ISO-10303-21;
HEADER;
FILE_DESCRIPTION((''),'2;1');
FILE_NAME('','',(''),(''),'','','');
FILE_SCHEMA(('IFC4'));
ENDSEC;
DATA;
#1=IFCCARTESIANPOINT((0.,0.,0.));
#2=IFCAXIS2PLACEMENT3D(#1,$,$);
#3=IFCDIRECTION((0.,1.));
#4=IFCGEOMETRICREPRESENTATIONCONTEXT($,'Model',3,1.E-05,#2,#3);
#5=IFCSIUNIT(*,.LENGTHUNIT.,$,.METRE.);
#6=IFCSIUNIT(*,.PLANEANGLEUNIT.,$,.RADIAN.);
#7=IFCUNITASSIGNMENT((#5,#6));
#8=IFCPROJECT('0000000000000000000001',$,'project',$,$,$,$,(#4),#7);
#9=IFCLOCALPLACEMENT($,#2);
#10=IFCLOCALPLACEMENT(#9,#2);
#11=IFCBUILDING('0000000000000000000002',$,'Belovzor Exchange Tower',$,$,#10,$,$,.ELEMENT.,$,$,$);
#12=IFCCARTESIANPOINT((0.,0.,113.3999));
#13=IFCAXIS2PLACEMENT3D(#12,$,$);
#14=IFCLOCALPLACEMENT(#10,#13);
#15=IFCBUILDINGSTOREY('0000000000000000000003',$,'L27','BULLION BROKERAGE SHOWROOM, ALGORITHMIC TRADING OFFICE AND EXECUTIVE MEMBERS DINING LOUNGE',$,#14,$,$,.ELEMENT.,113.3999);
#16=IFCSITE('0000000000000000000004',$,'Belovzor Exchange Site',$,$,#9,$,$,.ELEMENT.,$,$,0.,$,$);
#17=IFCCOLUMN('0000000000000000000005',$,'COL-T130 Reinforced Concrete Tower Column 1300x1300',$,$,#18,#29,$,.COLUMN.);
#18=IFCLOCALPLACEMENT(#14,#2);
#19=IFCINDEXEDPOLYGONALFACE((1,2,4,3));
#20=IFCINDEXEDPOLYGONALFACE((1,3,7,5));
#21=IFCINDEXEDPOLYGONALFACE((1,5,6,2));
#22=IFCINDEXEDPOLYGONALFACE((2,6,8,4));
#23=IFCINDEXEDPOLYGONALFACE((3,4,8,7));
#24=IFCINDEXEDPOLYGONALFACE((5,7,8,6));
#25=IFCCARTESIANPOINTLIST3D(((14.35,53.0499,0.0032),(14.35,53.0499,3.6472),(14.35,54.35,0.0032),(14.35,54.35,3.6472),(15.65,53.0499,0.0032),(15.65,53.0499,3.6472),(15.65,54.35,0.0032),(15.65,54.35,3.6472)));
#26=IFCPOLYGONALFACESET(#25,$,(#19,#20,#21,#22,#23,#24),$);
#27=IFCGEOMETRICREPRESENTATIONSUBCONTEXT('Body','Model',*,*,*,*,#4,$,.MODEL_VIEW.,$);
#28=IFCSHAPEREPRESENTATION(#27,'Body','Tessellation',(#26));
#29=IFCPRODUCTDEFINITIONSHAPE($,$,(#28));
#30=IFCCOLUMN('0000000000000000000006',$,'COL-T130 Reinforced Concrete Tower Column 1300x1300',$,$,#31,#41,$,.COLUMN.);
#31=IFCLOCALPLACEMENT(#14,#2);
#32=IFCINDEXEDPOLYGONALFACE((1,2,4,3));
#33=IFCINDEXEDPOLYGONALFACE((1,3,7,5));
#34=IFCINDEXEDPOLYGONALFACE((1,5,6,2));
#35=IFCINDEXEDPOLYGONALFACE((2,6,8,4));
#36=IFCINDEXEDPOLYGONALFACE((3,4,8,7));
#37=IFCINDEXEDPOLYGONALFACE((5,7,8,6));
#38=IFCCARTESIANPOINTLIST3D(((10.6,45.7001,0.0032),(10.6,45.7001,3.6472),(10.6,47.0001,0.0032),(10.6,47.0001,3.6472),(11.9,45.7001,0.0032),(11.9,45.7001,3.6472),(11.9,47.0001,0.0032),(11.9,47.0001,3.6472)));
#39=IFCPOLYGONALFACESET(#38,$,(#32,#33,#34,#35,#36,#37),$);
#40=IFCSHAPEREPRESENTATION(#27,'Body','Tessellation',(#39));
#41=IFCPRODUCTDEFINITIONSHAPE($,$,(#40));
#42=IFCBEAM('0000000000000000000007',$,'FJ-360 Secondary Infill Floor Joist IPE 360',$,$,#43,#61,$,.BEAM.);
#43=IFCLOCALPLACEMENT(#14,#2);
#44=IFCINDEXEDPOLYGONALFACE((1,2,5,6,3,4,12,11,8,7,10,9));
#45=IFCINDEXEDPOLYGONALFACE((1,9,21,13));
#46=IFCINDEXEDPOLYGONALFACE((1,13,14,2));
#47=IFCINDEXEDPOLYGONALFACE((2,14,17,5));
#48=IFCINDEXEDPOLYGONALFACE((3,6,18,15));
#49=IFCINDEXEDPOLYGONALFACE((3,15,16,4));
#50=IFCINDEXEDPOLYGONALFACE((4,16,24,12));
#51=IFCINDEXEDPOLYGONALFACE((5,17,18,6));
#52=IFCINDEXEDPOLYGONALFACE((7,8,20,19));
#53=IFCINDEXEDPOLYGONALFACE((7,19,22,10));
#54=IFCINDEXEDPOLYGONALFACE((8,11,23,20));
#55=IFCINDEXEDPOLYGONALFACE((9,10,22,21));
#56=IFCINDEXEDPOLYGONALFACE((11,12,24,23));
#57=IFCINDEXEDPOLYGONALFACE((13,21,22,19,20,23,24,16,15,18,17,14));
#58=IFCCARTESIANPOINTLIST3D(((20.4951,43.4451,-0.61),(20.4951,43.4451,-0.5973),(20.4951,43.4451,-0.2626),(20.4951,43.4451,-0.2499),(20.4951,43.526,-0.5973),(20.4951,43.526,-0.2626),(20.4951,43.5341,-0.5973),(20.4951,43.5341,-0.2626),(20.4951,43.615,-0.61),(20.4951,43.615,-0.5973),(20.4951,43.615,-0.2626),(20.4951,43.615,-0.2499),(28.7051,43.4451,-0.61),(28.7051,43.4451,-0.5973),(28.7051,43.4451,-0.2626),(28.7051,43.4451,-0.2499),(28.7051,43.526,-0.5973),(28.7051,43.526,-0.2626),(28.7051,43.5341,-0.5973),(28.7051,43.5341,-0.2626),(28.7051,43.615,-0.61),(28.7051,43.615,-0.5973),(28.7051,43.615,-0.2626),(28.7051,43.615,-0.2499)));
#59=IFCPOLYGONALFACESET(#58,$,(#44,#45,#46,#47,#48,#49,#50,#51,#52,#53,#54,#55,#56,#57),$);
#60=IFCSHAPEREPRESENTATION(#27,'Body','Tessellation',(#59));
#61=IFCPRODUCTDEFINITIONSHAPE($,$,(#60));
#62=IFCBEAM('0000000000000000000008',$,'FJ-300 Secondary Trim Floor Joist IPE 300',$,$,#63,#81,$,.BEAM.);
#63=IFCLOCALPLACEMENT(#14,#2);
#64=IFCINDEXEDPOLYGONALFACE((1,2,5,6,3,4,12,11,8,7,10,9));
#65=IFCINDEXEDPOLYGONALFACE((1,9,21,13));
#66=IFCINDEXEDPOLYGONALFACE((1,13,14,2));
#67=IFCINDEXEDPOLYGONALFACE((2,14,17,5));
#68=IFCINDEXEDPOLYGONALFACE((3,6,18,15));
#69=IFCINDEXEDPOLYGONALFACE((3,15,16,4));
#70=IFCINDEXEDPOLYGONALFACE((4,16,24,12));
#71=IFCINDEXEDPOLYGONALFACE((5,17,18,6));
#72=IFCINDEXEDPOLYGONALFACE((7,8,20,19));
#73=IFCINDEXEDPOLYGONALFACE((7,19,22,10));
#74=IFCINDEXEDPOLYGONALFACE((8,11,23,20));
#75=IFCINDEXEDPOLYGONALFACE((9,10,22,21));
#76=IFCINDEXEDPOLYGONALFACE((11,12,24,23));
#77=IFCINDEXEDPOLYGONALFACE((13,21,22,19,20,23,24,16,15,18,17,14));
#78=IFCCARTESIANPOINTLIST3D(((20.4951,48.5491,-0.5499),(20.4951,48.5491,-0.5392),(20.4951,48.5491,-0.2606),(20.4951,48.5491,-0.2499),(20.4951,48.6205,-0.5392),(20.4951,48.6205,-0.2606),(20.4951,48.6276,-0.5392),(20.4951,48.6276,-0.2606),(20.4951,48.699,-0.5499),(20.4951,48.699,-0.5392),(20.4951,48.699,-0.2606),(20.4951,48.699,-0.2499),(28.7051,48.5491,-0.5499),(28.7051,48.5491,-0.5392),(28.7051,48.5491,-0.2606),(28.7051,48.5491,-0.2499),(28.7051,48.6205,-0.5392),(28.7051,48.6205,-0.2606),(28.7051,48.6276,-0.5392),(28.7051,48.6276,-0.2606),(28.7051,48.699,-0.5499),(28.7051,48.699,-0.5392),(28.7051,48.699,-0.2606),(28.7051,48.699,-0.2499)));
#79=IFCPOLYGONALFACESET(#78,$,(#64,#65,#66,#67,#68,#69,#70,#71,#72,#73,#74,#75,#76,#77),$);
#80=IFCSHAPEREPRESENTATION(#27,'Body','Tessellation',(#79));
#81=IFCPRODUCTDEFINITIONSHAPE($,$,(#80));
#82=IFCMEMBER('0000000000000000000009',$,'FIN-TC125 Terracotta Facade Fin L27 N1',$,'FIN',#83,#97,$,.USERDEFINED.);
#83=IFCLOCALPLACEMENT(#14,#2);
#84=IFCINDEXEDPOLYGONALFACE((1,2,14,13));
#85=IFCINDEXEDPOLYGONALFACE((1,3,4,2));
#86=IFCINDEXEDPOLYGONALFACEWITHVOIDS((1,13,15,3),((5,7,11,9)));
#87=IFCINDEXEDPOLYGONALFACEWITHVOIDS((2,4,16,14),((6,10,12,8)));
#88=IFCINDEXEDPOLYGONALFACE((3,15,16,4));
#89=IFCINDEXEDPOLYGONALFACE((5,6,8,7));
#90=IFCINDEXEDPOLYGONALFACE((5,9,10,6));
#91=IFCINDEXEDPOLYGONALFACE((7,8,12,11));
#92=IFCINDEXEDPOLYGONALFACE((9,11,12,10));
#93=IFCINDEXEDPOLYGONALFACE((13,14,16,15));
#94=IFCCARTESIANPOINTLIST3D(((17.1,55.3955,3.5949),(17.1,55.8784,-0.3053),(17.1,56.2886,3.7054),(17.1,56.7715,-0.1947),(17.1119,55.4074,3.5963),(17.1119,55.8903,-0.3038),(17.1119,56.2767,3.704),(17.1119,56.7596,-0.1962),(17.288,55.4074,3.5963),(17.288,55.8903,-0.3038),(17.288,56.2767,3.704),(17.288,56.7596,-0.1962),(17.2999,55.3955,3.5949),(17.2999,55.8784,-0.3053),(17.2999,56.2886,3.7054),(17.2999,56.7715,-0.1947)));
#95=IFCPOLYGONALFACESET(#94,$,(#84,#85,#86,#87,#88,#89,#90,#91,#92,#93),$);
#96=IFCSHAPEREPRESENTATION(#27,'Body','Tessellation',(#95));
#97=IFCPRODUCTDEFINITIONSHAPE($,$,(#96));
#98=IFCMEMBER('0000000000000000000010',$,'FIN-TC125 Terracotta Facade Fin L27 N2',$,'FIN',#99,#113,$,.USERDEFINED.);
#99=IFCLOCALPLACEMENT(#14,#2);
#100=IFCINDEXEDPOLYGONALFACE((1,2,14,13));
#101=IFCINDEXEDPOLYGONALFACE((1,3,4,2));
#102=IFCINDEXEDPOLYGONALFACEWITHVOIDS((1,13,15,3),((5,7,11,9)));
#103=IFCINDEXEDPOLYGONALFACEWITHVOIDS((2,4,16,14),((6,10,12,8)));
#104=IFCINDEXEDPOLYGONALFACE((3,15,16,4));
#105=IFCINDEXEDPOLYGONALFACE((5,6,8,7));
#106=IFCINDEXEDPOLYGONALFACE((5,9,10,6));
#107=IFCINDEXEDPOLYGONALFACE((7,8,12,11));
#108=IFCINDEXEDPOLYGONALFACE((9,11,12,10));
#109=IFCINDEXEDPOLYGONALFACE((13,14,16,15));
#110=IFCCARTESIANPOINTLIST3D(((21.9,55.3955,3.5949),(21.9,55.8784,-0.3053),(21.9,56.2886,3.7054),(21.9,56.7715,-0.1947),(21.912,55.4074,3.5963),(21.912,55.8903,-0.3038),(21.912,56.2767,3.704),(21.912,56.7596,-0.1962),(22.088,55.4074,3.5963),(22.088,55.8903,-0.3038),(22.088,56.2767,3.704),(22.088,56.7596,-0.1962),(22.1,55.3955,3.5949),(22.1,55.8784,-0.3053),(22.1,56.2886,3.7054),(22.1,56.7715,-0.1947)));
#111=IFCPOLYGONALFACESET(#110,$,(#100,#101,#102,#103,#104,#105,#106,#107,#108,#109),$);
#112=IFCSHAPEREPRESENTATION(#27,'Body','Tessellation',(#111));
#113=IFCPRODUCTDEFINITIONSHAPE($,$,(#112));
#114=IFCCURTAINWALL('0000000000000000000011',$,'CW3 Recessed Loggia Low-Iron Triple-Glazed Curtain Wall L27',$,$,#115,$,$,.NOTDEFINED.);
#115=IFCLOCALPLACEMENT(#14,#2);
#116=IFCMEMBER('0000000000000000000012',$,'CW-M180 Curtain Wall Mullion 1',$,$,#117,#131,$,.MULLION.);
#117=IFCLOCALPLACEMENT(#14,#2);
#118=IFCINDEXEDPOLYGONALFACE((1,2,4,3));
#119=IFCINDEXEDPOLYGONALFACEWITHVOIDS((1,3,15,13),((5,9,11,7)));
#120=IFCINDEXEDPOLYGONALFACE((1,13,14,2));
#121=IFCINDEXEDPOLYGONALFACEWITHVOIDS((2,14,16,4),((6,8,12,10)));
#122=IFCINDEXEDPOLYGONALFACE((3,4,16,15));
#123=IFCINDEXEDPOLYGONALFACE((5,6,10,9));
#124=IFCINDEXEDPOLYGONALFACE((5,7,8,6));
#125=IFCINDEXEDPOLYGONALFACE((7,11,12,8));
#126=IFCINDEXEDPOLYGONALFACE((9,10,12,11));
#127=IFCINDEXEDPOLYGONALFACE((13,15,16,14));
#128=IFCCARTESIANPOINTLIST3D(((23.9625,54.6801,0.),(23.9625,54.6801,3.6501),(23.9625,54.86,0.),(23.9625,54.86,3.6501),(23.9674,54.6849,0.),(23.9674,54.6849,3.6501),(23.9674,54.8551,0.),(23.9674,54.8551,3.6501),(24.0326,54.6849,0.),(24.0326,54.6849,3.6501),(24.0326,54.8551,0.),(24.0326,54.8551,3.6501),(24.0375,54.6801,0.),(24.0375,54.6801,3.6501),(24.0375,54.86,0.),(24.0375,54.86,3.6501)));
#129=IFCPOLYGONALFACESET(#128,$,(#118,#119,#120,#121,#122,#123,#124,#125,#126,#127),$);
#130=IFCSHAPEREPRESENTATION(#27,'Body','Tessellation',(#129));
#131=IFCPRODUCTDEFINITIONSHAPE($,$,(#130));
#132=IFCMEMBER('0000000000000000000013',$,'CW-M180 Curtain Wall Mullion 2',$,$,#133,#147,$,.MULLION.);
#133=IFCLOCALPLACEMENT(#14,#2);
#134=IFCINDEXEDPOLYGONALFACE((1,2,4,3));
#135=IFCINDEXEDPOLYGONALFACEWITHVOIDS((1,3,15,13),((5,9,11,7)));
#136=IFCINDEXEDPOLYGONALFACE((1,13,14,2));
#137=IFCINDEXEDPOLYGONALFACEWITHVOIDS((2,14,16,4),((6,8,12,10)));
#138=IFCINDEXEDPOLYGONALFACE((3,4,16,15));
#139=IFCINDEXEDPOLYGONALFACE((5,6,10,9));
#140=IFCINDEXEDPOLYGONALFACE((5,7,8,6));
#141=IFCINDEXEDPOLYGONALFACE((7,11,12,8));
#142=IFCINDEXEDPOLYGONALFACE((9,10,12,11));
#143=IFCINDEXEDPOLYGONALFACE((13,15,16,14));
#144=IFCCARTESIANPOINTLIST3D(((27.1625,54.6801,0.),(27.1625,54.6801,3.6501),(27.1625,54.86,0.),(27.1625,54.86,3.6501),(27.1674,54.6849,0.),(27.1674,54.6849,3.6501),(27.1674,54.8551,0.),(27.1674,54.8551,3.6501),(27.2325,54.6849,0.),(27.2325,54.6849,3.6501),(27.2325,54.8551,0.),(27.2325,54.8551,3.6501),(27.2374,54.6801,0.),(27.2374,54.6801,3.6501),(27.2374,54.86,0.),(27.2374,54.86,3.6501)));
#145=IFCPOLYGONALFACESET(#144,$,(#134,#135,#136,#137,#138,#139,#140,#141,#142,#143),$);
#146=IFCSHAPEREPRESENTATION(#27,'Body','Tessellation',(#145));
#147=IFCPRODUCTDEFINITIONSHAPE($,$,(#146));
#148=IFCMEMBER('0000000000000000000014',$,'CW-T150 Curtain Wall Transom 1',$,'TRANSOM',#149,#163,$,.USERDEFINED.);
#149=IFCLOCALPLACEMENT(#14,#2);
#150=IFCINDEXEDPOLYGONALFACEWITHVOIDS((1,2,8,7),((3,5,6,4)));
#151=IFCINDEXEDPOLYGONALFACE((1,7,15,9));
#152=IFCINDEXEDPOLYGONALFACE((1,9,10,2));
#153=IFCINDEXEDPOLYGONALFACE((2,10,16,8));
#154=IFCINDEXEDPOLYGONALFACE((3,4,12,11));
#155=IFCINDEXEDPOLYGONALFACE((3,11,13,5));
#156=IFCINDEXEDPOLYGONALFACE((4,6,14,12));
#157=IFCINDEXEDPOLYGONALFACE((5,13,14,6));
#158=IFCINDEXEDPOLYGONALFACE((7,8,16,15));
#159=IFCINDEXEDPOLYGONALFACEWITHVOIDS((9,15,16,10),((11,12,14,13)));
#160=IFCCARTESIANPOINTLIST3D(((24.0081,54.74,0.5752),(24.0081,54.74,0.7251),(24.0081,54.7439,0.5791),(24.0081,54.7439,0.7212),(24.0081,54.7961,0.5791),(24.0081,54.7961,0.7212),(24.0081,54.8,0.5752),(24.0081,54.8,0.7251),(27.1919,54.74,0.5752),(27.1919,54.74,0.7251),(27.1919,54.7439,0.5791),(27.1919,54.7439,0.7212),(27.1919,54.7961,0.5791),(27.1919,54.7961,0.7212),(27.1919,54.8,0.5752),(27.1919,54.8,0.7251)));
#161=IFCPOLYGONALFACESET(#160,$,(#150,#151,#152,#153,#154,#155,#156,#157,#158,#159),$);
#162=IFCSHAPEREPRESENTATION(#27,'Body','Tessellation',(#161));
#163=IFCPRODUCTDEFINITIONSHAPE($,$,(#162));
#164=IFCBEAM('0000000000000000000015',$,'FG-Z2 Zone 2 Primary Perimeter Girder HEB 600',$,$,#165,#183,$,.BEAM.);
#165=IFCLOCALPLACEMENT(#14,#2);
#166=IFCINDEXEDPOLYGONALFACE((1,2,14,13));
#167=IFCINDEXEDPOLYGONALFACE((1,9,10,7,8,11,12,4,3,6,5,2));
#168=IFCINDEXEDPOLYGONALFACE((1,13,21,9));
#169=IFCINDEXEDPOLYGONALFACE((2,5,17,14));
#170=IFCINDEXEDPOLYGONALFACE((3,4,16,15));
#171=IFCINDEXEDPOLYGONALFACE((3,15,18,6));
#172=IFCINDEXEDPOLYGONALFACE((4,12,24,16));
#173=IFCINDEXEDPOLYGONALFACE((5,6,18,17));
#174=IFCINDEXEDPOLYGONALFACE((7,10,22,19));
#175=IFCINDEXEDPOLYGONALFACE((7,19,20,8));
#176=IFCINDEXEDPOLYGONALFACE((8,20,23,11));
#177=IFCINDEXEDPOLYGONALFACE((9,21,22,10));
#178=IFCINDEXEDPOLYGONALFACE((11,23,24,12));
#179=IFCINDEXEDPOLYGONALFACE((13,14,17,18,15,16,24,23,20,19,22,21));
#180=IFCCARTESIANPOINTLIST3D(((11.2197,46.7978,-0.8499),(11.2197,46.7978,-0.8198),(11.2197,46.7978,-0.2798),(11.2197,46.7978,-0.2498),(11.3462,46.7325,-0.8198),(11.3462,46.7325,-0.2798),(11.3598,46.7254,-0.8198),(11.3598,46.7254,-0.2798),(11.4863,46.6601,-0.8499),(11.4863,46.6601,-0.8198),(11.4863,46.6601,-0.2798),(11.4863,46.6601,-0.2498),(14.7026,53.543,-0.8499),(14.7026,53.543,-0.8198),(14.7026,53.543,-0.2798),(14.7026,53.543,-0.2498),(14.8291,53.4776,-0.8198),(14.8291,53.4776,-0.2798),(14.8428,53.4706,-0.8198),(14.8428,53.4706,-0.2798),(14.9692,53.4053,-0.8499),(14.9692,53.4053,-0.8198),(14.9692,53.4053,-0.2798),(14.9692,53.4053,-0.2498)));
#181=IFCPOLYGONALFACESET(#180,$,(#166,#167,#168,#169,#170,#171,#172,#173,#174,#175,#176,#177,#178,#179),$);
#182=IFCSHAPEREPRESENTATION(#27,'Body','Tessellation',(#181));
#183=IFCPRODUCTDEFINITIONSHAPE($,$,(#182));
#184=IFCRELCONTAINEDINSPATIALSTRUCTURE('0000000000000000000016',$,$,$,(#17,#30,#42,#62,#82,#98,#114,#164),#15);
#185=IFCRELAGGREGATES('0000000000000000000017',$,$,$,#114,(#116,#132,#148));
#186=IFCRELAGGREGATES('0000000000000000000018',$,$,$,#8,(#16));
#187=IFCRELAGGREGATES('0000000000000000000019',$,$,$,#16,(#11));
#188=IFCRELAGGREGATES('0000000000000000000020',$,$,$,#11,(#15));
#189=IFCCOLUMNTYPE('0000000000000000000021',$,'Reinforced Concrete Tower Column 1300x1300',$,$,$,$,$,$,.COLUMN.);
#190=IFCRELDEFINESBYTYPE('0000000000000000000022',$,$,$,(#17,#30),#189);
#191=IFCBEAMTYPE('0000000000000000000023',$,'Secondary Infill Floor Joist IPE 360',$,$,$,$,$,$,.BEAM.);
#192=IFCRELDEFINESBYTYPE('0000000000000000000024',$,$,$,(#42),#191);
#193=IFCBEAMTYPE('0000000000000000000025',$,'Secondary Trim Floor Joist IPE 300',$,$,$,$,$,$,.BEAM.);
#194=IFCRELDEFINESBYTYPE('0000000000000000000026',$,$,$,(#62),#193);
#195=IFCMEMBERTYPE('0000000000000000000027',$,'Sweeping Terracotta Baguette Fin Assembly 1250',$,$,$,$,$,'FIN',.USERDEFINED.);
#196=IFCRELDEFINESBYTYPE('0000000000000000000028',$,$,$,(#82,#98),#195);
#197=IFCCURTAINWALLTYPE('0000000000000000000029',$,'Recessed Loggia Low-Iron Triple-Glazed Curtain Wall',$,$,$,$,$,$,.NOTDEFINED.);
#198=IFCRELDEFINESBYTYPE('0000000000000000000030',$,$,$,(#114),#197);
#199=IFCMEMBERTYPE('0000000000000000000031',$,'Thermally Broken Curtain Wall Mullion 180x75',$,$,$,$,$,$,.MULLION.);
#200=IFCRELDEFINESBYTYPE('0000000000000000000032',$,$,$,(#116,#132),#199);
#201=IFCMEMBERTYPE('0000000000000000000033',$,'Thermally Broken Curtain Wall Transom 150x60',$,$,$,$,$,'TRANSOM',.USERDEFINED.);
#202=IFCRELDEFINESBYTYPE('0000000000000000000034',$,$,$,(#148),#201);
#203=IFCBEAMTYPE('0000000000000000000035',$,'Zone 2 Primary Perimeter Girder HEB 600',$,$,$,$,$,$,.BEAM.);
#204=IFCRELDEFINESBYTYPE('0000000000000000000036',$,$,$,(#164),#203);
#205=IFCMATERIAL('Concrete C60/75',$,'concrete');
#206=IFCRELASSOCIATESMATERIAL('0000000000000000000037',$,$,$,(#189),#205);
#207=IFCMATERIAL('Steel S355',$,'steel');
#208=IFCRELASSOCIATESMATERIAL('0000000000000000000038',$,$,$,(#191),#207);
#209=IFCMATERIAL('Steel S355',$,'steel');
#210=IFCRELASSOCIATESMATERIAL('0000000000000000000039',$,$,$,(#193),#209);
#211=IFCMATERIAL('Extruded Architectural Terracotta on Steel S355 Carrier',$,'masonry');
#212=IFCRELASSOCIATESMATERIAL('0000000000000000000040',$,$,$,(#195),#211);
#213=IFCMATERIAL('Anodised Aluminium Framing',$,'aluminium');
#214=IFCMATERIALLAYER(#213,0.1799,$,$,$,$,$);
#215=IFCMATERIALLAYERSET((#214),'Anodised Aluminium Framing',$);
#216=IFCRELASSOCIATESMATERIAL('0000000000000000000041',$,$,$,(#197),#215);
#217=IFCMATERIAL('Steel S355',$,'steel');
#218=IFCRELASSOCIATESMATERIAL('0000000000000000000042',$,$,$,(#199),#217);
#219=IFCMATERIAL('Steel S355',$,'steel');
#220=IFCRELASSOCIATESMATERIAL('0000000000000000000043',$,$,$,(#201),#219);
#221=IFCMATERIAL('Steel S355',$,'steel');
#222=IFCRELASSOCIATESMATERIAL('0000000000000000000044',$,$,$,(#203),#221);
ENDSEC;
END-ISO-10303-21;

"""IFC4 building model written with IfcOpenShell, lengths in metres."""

from ifc_helpers import new_model, si_unit, direction, frame, origin, origin_2d, place, context, subcontext, project, spatial, rectangle, hollow_rectangle, i_section, extrude, material, layer, layer_set, material_profile, profile_set, type_object, element, aggregate, save


model = new_model("IFC4")

# Units and contexts
model_context = context("Model", 3, precision=1e-05, world=origin(), true_north=direction((0.0, 1.0)))
body_context = subcontext(model_context, "Body", "Model", "MODEL_VIEW")
ifc_project = project(units=[si_unit("LENGTHUNIT", "METRE"), si_unit("PLANEANGLEUNIT", "RADIAN")], contexts=[model_context])

# Site, building, storey
site_placement = place(None, origin())
site = spatial("IfcSite", under=ifc_project, at=site_placement, Name="Belovzor Exchange Site", CompositionType="ELEMENT", RefElevation=0.0)
building_placement = place(site_placement, origin())
building = spatial("IfcBuilding", under=site, at=building_placement, Name="Belovzor Exchange Tower", CompositionType="ELEMENT")
storey_placement = place(building_placement, frame((0.0, 0.0, 113.3999)))
storey = spatial("IfcBuildingStorey", under=building, at=storey_placement, Name="L27", Description="BULLION BROKERAGE SHOWROOM, ALGORITHMIC TRADING OFFICE AND EXECUTIVE MEMBERS DINING LOUNGE", CompositionType="ELEMENT", Elevation=113.3999)

# Columns
ifc_material_1 = material(Name="Concrete C60/75", Category="concrete")
ifc_material_profile_1 = material_profile(ifc_material_1, rectangle(XDim=1.3, YDim=1.3, at=origin_2d()))
ifc_profile_set_1 = profile_set([ifc_material_profile_1], Name="Concrete C60/75")
column_type = type_object("IfcColumnType", Name="Reinforced Concrete Tower Column 1300x1300", PredefinedType="COLUMN", material=ifc_profile_set_1)
for number, where, z_axis, x_axis, name in (
    (1, (15.0, 53.7, 0.0032), (0.0, 0.0, 1.0), (1.0, 0.0, 0.0), "COL-T130 Reinforced Concrete Tower Column 1300x1300"),
    (2, (11.25, 46.3501, 0.0032), (0.0, 0.0, 1.0), (1.0, 0.0, 0.0), "COL-T130 Reinforced Concrete Tower Column 1300x1300"),
):
    element("IfcColumn", number, at=place(storey_placement, frame(where, z_axis=z_axis, x_axis=x_axis)), inside=storey, type_object=column_type, Name=name, PredefinedType="COLUMN", context=body_context, shape_type="SweptSolid", body=[
        extrude(rectangle(XDim=1.3, YDim=1.3, at=origin_2d()), origin(), (0.0, 0.0, 1.0), 3.644),
    ])

# Beams
ifc_material_2 = material(Name="Steel S355", Category="steel")
ifc_material_profile_2 = material_profile(ifc_material_2, i_section(OverallWidth=0.1699, OverallDepth=0.3601, WebThickness=0.0081, FlangeThickness=0.0127, at=origin_2d()))
ifc_profile_set_2 = profile_set([ifc_material_profile_2], Name="Steel S355")
beam_type_1 = type_object("IfcBeamType", Name="Secondary Infill Floor Joist IPE 360", PredefinedType="BEAM", material=ifc_profile_set_2)
beam_1_placement = place(storey_placement, frame((20.4951, 43.53, -0.4299), z_axis=(1.0, 0.0, 0.0), x_axis=(0.0, 1.0, 0.0)))
element("IfcBeam", 3, at=beam_1_placement, inside=storey, type_object=beam_type_1, Name="FJ-360 Secondary Infill Floor Joist IPE 360", PredefinedType="BEAM", context=body_context, shape_type="SweptSolid", body=[
    extrude(i_section(OverallWidth=0.1699, OverallDepth=0.3601, WebThickness=0.0081, FlangeThickness=0.0127, at=origin_2d()), origin(), (0.0, 0.0, 1.0), 8.21),
])
ifc_material_3 = material(Name="Steel S355", Category="steel")
ifc_material_profile_3 = material_profile(ifc_material_3, i_section(OverallWidth=0.1499, OverallDepth=0.3, WebThickness=0.0071, FlangeThickness=0.0107, at=origin_2d()))
ifc_profile_set_3 = profile_set([ifc_material_profile_3], Name="Steel S355")
beam_type_2 = type_object("IfcBeamType", Name="Secondary Trim Floor Joist IPE 300", PredefinedType="BEAM", material=ifc_profile_set_3)
beam_2_placement = place(storey_placement, frame((20.4951, 48.624, -0.3999), z_axis=(1.0, 0.0, 0.0), x_axis=(0.0, 1.0, 0.0)))
element("IfcBeam", 4, at=beam_2_placement, inside=storey, type_object=beam_type_2, Name="FJ-300 Secondary Trim Floor Joist IPE 300", PredefinedType="BEAM", context=body_context, shape_type="SweptSolid", body=[
    extrude(i_section(OverallWidth=0.1499, OverallDepth=0.3, WebThickness=0.0071, FlangeThickness=0.0107, at=origin_2d()), origin(), (0.0, 0.0, 1.0), 8.21),
])

# Members
ifc_material_4 = material(Name="Extruded Architectural Terracotta on Steel S355 Carrier", Category="masonry")
ifc_material_profile_4 = material_profile(ifc_material_4, hollow_rectangle(XDim=0.2, YDim=0.8999, WallThickness=0.012, at=origin_2d()))
ifc_profile_set_4 = profile_set([ifc_material_profile_4], Name="Extruded Architectural Terracotta on Steel S355 Carrier")
member_type_1 = type_object("IfcMemberType", Name="Sweeping Terracotta Baguette Fin Assembly 1250", ElementType="FIN", PredefinedType="USERDEFINED", material=ifc_profile_set_4)
for number, where, z_axis, x_axis, name in (
    (5, (17.2, 56.325, -0.25), (0.0, -0.12288, 0.992422), (1.0, 0.0, 0.0), "FIN-TC125 Terracotta Facade Fin L27 N1"),
    (6, (22.0, 56.325, -0.25), (0.0, -0.12288, 0.992422), (1.0, 0.0, 0.0), "FIN-TC125 Terracotta Facade Fin L27 N2"),
):
    element("IfcMember", number, at=place(storey_placement, frame(where, z_axis=z_axis, x_axis=x_axis)), inside=storey, type_object=member_type_1, Name=name, ObjectType="FIN", PredefinedType="USERDEFINED", context=body_context, shape_type="SweptSolid", body=[
        extrude(hollow_rectangle(XDim=0.2, YDim=0.8999, WallThickness=0.012, at=origin_2d()), origin(), (0.0, 0.0, 1.0), 3.9299),
    ])

# Curtain wall, members
ifc_material_5 = material(Name="Anodised Aluminium Framing", Category="aluminium")
ifc_layer_1 = layer(ifc_material_5, 0.1799)
ifc_layer_set_1 = layer_set([ifc_layer_1], Name="Anodised Aluminium Framing")
curtain_wall_type = type_object("IfcCurtainWallType", Name="Recessed Loggia Low-Iron Triple-Glazed Curtain Wall", PredefinedType="NOTDEFINED", material=ifc_layer_set_1)
curtain_wall_placement = place(storey_placement, origin())
curtain_wall = element("IfcCurtainWall", 7, at=curtain_wall_placement, inside=storey, type_object=curtain_wall_type, Name="CW3 Recessed Loggia Low-Iron Triple-Glazed Curtain Wall L27", PredefinedType="NOTDEFINED")
ifc_material_6 = material(Name="Steel S355", Category="steel")
ifc_material_profile_5 = material_profile(ifc_material_6, hollow_rectangle(XDim=0.075, YDim=0.1799, WallThickness=0.0049, at=origin_2d()))
ifc_profile_set_5 = profile_set([ifc_material_profile_5], Name="Steel S355")
member_type_2 = type_object("IfcMemberType", Name="Thermally Broken Curtain Wall Mullion 180x75", PredefinedType="MULLION", material=ifc_profile_set_5)
member_1_placement = place(storey_placement, frame((24.0, 54.77, 0.0), z_axis=(0.0, 0.0, 1.0), x_axis=(1.0, 0.0, 0.0)))
member_1 = element("IfcMember", 8, at=member_1_placement, type_object=member_type_2, Name="CW-M180 Curtain Wall Mullion 1", PredefinedType="MULLION", context=body_context, shape_type="SweptSolid", body=[
    extrude(hollow_rectangle(XDim=0.075, YDim=0.1799, WallThickness=0.0049, at=origin_2d()), origin(), (0.0, 0.0, 1.0), 3.6501),
])
member_2_placement = place(storey_placement, frame((27.2, 54.77, 0.0), z_axis=(0.0, 0.0, 1.0), x_axis=(1.0, 0.0, 0.0)))
member_2 = element("IfcMember", 9, at=member_2_placement, type_object=member_type_2, Name="CW-M180 Curtain Wall Mullion 2", PredefinedType="MULLION", context=body_context, shape_type="SweptSolid", body=[
    extrude(hollow_rectangle(XDim=0.075, YDim=0.1799, WallThickness=0.0049, at=origin_2d()), origin(), (0.0, 0.0, 1.0), 3.6501),
])
ifc_material_7 = material(Name="Steel S355", Category="steel")
ifc_material_profile_6 = material_profile(ifc_material_7, hollow_rectangle(XDim=0.0601, YDim=0.1499, WallThickness=0.0039, at=origin_2d()))
ifc_profile_set_6 = profile_set([ifc_material_profile_6], Name="Steel S355")
member_type_3 = type_object("IfcMemberType", Name="Thermally Broken Curtain Wall Transom 150x60", ElementType="TRANSOM", PredefinedType="USERDEFINED", material=ifc_profile_set_6)
member_3_placement = place(storey_placement, frame((24.0081, 54.77, 0.6501), z_axis=(1.0, 0.0, 0.0), x_axis=(0.0, 1.0, 0.0)))
member_3 = element("IfcMember", 10, at=member_3_placement, type_object=member_type_3, Name="CW-T150 Curtain Wall Transom 1", ObjectType="TRANSOM", PredefinedType="USERDEFINED", context=body_context, shape_type="SweptSolid", body=[
    extrude(hollow_rectangle(XDim=0.0601, YDim=0.1499, WallThickness=0.0039, at=origin_2d()), origin(), (0.0, 0.0, 1.0), 3.1838),
])

# Beam
ifc_material_8 = material(Name="Steel S355", Category="steel")
ifc_material_profile_7 = material_profile(ifc_material_8, i_section(OverallWidth=0.3, OverallDepth=0.6001, WebThickness=0.0154, FlangeThickness=0.03, at=origin_2d()))
ifc_profile_set_7 = profile_set([ifc_material_profile_7], Name="Steel S355")
beam_type_3 = type_object("IfcBeamType", Name="Zone 2 Primary Perimeter Girder HEB 600", PredefinedType="BEAM", material=ifc_profile_set_7)
for number, where, z_axis, x_axis, name in (
    (11, (14.8359, 53.4741, -0.5498), (-0.458805, -0.888537, 0.0), (0.888537, -0.458805, 0.0), "FG-Z2 Zone 2 Primary Perimeter Girder HEB 600"),
):
    element("IfcBeam", number, at=place(storey_placement, frame(where, z_axis=z_axis, x_axis=x_axis)), inside=storey, type_object=beam_type_3, Name=name, PredefinedType="BEAM", context=body_context, shape_type="SweptSolid", body=[
        extrude(i_section(OverallWidth=0.3, OverallDepth=0.6001, WebThickness=0.0154, FlangeThickness=0.03, at=origin_2d()), origin(), (0.0, 0.0, 1.0), 7.5913),
    ])

aggregate(curtain_wall, [member_1, member_2, member_3])

save(model, "model.ifc")
